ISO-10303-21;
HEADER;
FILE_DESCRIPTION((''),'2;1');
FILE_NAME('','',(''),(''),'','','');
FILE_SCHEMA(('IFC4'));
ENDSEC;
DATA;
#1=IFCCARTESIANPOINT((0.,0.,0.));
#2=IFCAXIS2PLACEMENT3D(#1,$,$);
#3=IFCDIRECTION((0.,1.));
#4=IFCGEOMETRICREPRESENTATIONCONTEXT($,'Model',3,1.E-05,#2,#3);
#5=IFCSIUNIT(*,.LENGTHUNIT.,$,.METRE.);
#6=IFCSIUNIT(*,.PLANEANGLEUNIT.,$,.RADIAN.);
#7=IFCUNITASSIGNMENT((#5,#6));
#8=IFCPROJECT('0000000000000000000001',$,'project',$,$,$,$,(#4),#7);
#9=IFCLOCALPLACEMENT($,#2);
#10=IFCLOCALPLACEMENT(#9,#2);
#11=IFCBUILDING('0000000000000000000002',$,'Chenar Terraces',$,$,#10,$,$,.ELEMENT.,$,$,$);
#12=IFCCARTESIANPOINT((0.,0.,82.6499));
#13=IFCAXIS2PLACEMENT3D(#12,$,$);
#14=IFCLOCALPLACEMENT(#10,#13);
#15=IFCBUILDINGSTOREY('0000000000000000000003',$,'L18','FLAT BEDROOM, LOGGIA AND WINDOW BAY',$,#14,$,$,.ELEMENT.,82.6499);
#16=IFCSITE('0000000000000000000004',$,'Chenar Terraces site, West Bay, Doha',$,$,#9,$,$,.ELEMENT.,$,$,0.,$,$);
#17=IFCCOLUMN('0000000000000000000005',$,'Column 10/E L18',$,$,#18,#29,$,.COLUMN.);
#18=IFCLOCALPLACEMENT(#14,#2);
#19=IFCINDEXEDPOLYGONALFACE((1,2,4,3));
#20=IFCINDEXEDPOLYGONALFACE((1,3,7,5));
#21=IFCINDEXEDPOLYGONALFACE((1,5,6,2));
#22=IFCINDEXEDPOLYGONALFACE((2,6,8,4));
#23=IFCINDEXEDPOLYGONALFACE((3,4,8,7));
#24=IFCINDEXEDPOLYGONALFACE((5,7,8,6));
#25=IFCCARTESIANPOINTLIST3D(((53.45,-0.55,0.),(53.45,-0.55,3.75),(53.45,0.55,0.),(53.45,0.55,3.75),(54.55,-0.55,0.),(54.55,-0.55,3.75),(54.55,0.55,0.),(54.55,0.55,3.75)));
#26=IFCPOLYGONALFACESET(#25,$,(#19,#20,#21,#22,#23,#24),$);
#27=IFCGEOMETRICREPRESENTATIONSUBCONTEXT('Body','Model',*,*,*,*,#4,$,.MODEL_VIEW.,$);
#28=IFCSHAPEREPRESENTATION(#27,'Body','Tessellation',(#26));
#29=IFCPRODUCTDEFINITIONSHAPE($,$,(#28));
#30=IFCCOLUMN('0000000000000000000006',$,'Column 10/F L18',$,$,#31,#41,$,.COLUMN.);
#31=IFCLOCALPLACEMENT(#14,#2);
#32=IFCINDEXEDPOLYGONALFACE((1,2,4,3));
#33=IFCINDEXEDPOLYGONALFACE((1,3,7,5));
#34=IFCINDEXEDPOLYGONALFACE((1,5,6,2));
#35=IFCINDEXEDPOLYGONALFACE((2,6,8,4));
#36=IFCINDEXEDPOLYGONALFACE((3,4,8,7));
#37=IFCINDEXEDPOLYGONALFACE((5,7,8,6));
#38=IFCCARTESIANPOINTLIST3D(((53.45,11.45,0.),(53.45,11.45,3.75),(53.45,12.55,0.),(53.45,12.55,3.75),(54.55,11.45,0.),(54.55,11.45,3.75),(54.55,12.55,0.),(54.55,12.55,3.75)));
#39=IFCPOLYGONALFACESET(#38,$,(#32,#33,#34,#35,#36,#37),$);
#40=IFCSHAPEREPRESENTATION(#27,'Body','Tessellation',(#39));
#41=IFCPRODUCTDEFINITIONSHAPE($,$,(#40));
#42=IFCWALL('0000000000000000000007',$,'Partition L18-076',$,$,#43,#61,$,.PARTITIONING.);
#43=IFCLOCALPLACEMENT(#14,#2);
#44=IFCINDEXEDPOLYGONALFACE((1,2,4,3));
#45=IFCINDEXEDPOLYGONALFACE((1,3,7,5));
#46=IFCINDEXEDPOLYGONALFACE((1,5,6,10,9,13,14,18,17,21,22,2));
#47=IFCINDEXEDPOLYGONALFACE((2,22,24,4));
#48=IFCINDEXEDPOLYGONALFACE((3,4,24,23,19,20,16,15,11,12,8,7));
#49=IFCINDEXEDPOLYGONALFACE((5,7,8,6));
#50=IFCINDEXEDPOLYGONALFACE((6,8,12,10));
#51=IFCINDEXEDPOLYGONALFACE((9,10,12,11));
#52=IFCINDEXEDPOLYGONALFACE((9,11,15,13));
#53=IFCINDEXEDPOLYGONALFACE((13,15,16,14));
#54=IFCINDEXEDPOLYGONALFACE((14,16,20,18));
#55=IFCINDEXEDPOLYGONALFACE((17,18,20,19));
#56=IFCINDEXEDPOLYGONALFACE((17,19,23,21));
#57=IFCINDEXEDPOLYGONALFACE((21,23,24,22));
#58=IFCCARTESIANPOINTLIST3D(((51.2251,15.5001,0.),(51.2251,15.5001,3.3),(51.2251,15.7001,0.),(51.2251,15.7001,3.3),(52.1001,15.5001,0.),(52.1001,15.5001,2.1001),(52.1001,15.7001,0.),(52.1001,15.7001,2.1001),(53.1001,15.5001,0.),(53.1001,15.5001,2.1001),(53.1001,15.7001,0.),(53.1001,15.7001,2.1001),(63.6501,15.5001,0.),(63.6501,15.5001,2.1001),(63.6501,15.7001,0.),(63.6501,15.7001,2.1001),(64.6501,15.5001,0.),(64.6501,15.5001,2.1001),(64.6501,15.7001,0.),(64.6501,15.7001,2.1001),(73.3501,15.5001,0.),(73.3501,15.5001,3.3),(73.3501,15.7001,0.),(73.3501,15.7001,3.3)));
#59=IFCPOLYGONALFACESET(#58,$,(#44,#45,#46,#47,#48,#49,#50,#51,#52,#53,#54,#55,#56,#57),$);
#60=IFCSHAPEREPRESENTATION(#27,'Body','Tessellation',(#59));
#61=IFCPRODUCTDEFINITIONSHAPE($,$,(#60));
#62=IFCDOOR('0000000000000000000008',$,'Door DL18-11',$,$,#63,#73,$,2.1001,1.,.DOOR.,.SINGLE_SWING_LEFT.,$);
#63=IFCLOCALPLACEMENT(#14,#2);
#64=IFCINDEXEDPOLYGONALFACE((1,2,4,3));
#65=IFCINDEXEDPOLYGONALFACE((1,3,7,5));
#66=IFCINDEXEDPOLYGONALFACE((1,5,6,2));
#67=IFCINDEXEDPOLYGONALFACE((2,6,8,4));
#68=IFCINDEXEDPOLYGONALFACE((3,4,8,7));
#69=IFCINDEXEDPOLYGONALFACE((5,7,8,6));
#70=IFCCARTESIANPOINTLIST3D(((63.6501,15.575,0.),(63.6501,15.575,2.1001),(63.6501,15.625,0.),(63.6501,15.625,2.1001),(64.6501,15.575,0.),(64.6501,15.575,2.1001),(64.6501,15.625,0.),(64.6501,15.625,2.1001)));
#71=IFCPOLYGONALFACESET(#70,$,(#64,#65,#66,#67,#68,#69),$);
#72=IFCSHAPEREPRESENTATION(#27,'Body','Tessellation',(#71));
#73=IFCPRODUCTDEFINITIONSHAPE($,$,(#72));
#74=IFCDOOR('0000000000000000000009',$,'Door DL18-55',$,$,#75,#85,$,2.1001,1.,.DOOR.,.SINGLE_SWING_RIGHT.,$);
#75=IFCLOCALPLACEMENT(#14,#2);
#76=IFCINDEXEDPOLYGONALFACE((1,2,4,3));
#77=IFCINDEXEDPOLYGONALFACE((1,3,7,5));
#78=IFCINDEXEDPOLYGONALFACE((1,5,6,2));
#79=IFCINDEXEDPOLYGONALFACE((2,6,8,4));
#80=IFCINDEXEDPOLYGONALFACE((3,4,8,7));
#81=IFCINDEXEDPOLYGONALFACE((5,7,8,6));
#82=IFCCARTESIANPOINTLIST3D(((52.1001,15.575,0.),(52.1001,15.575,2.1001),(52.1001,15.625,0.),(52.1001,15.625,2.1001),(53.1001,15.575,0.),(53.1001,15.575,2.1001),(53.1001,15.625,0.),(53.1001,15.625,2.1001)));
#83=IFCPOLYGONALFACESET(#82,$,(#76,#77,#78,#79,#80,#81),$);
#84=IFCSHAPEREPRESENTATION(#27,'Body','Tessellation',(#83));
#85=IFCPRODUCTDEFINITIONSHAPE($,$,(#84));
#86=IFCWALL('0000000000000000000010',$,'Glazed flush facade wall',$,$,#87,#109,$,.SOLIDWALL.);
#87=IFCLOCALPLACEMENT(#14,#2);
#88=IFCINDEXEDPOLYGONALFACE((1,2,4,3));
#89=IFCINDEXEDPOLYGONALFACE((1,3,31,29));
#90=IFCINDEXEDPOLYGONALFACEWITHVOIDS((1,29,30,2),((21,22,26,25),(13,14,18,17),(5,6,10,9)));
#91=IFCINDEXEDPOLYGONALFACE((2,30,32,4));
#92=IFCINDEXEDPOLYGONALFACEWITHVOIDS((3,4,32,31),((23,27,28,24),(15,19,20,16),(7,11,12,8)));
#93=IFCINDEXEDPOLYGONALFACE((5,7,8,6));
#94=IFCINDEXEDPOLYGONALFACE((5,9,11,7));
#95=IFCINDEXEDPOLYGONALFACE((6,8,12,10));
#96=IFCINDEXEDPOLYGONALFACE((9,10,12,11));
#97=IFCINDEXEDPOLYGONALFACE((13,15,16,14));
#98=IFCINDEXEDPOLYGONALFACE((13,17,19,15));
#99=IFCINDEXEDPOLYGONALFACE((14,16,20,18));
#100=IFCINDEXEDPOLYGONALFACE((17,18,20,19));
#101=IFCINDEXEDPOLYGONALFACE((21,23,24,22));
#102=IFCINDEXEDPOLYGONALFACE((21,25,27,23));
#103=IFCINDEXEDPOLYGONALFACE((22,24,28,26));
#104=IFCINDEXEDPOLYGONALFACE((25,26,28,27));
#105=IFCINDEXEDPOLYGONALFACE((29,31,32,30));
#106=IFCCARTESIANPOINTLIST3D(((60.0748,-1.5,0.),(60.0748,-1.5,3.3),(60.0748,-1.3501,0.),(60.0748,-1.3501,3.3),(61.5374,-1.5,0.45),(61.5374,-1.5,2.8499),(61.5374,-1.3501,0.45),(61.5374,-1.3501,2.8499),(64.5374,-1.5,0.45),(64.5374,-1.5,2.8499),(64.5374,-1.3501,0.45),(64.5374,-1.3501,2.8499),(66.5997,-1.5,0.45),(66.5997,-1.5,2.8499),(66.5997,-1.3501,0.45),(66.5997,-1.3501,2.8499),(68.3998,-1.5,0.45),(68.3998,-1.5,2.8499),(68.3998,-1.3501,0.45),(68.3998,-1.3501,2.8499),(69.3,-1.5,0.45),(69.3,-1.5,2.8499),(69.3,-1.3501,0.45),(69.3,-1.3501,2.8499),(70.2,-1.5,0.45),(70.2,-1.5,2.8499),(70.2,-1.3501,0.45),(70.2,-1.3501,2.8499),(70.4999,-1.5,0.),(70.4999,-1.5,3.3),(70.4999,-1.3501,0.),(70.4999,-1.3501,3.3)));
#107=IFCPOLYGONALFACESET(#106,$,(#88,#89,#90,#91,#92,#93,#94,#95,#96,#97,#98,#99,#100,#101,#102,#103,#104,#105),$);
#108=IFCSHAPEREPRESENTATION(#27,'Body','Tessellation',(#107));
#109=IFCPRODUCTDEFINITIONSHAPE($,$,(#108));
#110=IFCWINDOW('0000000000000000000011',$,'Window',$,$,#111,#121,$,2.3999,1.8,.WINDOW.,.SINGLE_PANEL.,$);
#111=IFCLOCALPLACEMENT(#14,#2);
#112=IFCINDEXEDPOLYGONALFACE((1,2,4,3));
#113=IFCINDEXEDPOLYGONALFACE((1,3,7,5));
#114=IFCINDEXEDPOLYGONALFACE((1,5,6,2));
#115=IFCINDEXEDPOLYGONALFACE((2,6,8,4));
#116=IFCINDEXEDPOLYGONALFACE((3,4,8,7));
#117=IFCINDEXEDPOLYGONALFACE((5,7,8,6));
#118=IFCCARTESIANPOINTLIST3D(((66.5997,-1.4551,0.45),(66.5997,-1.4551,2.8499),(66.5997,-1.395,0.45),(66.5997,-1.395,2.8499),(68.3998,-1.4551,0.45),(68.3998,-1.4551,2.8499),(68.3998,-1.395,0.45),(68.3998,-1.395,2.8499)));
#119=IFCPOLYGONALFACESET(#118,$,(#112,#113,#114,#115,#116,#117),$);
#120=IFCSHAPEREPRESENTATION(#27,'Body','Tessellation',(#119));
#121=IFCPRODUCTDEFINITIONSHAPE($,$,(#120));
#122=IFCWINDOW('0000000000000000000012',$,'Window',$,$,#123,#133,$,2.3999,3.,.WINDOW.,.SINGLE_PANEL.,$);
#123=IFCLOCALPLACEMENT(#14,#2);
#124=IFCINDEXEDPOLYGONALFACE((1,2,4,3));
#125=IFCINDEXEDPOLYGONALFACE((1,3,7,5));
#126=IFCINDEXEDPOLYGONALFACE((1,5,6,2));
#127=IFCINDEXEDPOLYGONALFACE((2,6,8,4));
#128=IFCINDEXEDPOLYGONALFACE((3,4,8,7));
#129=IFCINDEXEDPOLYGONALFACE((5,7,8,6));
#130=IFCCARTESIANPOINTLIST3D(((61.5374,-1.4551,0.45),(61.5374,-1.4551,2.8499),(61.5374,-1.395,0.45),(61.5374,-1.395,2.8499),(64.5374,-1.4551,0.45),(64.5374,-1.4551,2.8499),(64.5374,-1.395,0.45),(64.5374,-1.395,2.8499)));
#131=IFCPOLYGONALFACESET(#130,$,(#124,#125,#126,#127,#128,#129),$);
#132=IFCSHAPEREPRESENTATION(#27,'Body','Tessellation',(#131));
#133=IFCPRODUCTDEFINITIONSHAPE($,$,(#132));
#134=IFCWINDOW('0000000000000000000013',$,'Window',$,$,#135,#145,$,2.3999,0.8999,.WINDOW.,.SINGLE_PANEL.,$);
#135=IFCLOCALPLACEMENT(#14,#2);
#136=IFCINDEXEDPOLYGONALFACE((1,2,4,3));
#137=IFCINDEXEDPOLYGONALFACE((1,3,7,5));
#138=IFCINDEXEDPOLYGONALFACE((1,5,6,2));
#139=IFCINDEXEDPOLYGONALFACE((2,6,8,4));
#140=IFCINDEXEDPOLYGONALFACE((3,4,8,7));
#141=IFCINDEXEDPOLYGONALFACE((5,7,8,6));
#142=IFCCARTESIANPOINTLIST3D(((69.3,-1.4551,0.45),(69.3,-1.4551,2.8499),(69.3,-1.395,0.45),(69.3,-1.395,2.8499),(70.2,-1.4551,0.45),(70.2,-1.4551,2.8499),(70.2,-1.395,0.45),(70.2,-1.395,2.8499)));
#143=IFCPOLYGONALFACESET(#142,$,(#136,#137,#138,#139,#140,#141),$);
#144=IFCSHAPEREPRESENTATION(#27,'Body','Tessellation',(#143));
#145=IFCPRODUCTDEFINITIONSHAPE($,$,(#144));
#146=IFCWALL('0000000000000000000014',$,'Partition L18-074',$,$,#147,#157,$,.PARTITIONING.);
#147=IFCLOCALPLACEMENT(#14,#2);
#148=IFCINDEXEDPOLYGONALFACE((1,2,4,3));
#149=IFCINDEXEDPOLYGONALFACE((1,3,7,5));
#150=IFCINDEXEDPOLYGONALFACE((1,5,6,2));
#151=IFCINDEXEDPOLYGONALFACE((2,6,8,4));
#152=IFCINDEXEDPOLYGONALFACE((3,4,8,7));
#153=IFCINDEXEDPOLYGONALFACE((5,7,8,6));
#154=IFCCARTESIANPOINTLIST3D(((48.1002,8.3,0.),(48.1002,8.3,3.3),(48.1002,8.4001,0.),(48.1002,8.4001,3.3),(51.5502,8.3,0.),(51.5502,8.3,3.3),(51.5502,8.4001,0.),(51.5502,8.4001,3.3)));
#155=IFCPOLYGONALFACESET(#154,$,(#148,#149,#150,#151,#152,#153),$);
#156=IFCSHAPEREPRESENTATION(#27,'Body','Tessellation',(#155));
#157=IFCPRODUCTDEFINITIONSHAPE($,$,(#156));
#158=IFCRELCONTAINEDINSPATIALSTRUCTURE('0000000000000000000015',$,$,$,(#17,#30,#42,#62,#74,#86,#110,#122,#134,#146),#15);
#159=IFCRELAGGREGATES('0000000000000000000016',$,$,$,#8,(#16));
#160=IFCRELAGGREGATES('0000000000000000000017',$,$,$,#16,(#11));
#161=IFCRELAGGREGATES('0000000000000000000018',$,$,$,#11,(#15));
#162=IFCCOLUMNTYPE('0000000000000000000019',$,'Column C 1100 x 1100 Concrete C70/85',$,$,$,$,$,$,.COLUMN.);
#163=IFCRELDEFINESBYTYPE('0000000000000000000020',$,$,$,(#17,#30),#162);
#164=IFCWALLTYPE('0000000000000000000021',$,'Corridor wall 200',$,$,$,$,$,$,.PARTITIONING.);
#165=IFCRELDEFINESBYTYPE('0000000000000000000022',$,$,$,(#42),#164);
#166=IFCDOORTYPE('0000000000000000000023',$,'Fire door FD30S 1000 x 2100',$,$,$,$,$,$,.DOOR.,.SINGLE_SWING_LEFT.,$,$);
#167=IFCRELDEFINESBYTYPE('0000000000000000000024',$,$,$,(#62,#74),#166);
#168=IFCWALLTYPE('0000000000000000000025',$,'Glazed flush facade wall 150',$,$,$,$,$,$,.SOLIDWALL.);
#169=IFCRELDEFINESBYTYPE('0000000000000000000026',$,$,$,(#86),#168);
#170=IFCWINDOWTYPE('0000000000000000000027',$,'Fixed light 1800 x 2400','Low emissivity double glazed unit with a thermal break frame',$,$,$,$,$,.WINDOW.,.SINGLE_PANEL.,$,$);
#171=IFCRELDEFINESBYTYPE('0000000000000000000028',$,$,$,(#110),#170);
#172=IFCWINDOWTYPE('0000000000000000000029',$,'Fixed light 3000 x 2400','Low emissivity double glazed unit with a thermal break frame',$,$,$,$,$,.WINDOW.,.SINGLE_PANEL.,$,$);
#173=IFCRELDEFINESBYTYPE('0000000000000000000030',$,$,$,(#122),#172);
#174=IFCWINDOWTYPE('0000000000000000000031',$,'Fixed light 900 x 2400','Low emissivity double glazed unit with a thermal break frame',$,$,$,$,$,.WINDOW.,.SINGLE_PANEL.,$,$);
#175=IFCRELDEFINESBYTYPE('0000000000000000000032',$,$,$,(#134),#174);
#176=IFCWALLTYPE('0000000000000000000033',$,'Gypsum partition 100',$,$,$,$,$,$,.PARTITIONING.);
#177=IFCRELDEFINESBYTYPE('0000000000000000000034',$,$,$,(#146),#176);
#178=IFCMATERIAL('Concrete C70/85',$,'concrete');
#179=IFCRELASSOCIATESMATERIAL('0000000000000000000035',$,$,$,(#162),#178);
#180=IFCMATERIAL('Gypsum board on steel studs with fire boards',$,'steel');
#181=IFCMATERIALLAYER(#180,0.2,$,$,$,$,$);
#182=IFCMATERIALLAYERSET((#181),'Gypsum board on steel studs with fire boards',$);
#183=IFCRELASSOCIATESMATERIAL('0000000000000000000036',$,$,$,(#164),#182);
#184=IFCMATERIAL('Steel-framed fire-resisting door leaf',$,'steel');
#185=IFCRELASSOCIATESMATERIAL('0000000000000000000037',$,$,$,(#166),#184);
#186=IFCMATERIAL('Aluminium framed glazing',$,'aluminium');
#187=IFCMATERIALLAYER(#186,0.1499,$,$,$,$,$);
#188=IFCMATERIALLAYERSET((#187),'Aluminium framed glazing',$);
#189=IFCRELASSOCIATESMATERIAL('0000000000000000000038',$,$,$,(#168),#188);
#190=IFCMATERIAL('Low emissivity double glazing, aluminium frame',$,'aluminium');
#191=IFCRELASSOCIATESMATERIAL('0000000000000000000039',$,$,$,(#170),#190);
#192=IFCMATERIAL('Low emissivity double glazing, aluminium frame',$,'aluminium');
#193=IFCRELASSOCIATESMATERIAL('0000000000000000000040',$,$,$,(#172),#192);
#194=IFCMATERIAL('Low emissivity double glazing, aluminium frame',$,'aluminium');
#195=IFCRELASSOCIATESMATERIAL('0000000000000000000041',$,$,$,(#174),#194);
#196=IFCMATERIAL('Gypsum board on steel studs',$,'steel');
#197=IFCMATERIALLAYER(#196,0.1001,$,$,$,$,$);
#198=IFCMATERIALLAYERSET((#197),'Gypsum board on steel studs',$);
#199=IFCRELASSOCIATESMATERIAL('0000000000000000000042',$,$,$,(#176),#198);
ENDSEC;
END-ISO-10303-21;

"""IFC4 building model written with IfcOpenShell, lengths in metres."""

from ifc_helpers import new_model, si_unit, direction, frame, frame_2d, origin, origin_2d, place, context, subcontext, project, spatial, rectangle, extrude, material, layer, layer_set, material_profile, profile_set, type_object, element, fill, save


model = new_model("IFC4")

# Units and contexts
model_context = context("Model", 3, precision=1e-05, world=origin(), true_north=direction((0.0, 1.0)))
body_context = subcontext(model_context, "Body", "Model", "MODEL_VIEW")
ifc_project = project(units=[si_unit("LENGTHUNIT", "METRE"), si_unit("PLANEANGLEUNIT", "RADIAN")], contexts=[model_context])

# Site, building, storey
site_placement = place(None, origin())
site = spatial("IfcSite", under=ifc_project, at=site_placement, Name="Chenar Terraces site, West Bay, Doha", CompositionType="ELEMENT", RefElevation=0.0)
building_placement = place(site_placement, origin())
building = spatial("IfcBuilding", under=site, at=building_placement, Name="Chenar Terraces", CompositionType="ELEMENT")
storey_placement = place(building_placement, frame((0.0, 0.0, 82.6499)))
storey = spatial("IfcBuildingStorey", under=building, at=storey_placement, Name="L18", Description="FLAT BEDROOM, LOGGIA AND WINDOW BAY", CompositionType="ELEMENT", Elevation=82.6499)

# Columns
ifc_material_1 = material(Name="Concrete C70/85", Category="concrete")
ifc_material_profile = material_profile(ifc_material_1, rectangle(XDim=1.1001, YDim=1.1001, at=origin_2d()), Name="C 1100 x 1100")
ifc_profile_set = profile_set([ifc_material_profile], Name="Concrete C70/85")
column_type = type_object("IfcColumnType", Name="Column C 1100 x 1100 Concrete C70/85", PredefinedType="COLUMN", material=ifc_profile_set)
for number, where, z_axis, x_axis, name in (
    (1, (54.0, 0.0, 0.0), (0.0, 0.0, 1.0), (1.0, 0.0, 0.0), "Column 10/E L18"),
    (2, (54.0, 12.0, 0.0), (0.0, 0.0, 1.0), (1.0, 0.0, 0.0), "Column 10/F L18"),
):
    element("IfcColumn", number, at=place(storey_placement, frame(where, z_axis=z_axis, x_axis=x_axis)), inside=storey, type_object=column_type, Name=name, PredefinedType="COLUMN", context=body_context, shape_type="SweptSolid", body=[
        extrude(rectangle(XDim=1.1001, YDim=1.1001, at=origin_2d()), origin(), (0.0, 0.0, 1.0), 3.75),
    ])

# Wall, openings, doors
ifc_material_2 = material(Name="Gypsum board on steel studs with fire boards", Category="steel")
ifc_layer_1 = layer(ifc_material_2, 0.2)
ifc_layer_set_1 = layer_set([ifc_layer_1], Name="Gypsum board on steel studs with fire boards")
wall_type_1 = type_object("IfcWallType", Name="Corridor wall 200", PredefinedType="PARTITIONING", material=ifc_layer_set_1)
wall_1_placement = place(storey_placement, frame((51.2251, 15.6001, 0.0), z_axis=(0.0, 0.0, 1.0), x_axis=(1.0, 0.0, 0.0)))
wall_1 = element("IfcWall", 3, at=wall_1_placement, inside=storey, type_object=wall_type_1, Name="Partition L18-076", PredefinedType="PARTITIONING", context=body_context, shape_type="SweptSolid", body=[
    extrude(rectangle(XDim=22.125, YDim=0.2, at=frame_2d((11.0625, 0.0))), origin(), (0.0, 0.0, 1.0), 3.3),
])
opening_1_placement = place(wall_1_placement, frame((12.425, 0.0, 0.0)))
opening_1 = element("IfcOpeningElement", 4, at=opening_1_placement, cuts=wall_1, PredefinedType="OPENING", context=body_context, shape_type="SweptSolid", body=[
    extrude(rectangle(XDim=1.0, YDim=2.1001, at=frame_2d((0.5, 1.05))), frame((0.0, 0.1099, 0.0), z_axis=(0.0, -1.0, 0.0), x_axis=(1.0, 0.0, 0.0)), (0.0, 0.0, 1.0), 0.22),
])
opening_2_placement = place(wall_1_placement, frame((0.875, 0.0, 0.0)))
opening_2 = element("IfcOpeningElement", 5, at=opening_2_placement, cuts=wall_1, PredefinedType="OPENING", context=body_context, shape_type="SweptSolid", body=[
    extrude(rectangle(XDim=1.0, YDim=2.1001, at=frame_2d((0.5, 1.05))), frame((0.0, 0.1099, 0.0), z_axis=(0.0, -1.0, 0.0), x_axis=(1.0, 0.0, 0.0)), (0.0, 0.0, 1.0), 0.22),
])
ifc_material_3 = material(Name="Steel-framed fire-resisting door leaf", Category="steel")
door_type_1 = type_object("IfcDoorType", Name="Fire door FD30S 1000 x 2100", OperationType="SINGLE_SWING_LEFT", PredefinedType="DOOR", material=ifc_material_3)
door_1_placement = place(opening_1_placement, origin())
door_1 = element("IfcDoor", 6, at=door_1_placement, inside=storey, type_object=door_type_1, Name="Door DL18-11", OperationType="SINGLE_SWING_LEFT", OverallHeight=2.1001, OverallWidth=1.0, PredefinedType="DOOR", context=body_context, shape_type="SweptSolid", body=[
    extrude(rectangle(XDim=1.0, YDim=2.1001, at=frame_2d((0.5, 1.05))), frame((0.0, 0.0249, 0.0), z_axis=(0.0, -1.0, 0.0), x_axis=(1.0, 0.0, 0.0)), (0.0, 0.0, 1.0), 0.05),
])
fill(opening_1, door_1)
door_2_placement = place(opening_2_placement, origin())
door_2 = element("IfcDoor", 7, at=door_2_placement, inside=storey, type_object=door_type_1, Name="Door DL18-55", OperationType="SINGLE_SWING_RIGHT", OverallHeight=2.1001, OverallWidth=1.0, PredefinedType="DOOR", context=body_context, shape_type="SweptSolid", body=[
    extrude(rectangle(XDim=1.0, YDim=2.1001, at=frame_2d((0.5, 1.05))), frame((0.0, 0.0249, 0.0), z_axis=(0.0, -1.0, 0.0), x_axis=(1.0, 0.0, 0.0)), (0.0, 0.0, 1.0), 0.05),
])
fill(opening_2, door_2)

# Wall, openings, windows
ifc_material_4 = material(Name="Aluminium framed glazing", Category="aluminium")
ifc_layer_2 = layer(ifc_material_4, 0.1499)
ifc_layer_set_2 = layer_set([ifc_layer_2], Name="Aluminium framed glazing")
wall_type_2 = type_object("IfcWallType", Name="Glazed flush facade wall 150", PredefinedType="SOLIDWALL", material=ifc_layer_set_2)
wall_2_placement = place(storey_placement, frame((60.075, -1.425, 0.0), z_axis=(0.0, 0.0, 1.0), x_axis=(1.0, 0.0, 0.0)))
wall_2 = element("IfcWall", 8, at=wall_2_placement, inside=storey, type_object=wall_type_2, Name="Glazed flush facade wall", PredefinedType="SOLIDWALL", context=body_context, shape_type="SweptSolid", body=[
    extrude(rectangle(XDim=10.425, YDim=0.1499, at=frame_2d((5.2124, 0.0))), origin(), (0.0, 0.0, 1.0), 3.3),
])
opening_3_placement = place(wall_2_placement, frame((1.4624, 0.0, 0.45)))
opening_3 = element("IfcOpeningElement", 9, at=opening_3_placement, cuts=wall_2, PredefinedType="OPENING", context=body_context, shape_type="SweptSolid", body=[
    extrude(rectangle(XDim=3.0, YDim=2.3999, at=frame_2d((1.5, 1.2))), frame((0.0, 0.085, 0.0), z_axis=(0.0, -1.0, 0.0), x_axis=(1.0, 0.0, 0.0)), (0.0, 0.0, 1.0), 0.1699),
])
opening_4_placement = place(wall_2_placement, frame((6.5249, 0.0, 0.45)))
opening_4 = element("IfcOpeningElement", 10, at=opening_4_placement, cuts=wall_2, PredefinedType="OPENING", context=body_context, shape_type="SweptSolid", body=[
    extrude(rectangle(XDim=1.8, YDim=2.3999, at=frame_2d((0.8999, 1.2))), frame((0.0, 0.085, 0.0), z_axis=(0.0, -1.0, 0.0), x_axis=(1.0, 0.0, 0.0)), (0.0, 0.0, 1.0), 0.1699),
])
opening_5_placement = place(wall_2_placement, frame((9.2251, 0.0, 0.45)))
opening_5 = element("IfcOpeningElement", 11, at=opening_5_placement, cuts=wall_2, PredefinedType="OPENING", context=body_context, shape_type="SweptSolid", body=[
    extrude(rectangle(XDim=0.8999, YDim=2.3999, at=frame_2d((0.45, 1.2))), frame((0.0, 0.085, 0.0), z_axis=(0.0, -1.0, 0.0), x_axis=(1.0, 0.0, 0.0)), (0.0, 0.0, 1.0), 0.1699),
])
ifc_material_5 = material(Name="Low emissivity double glazing, aluminium frame", Category="aluminium")
window_type_1 = type_object("IfcWindowType", Name="Fixed light 1800 x 2400", Description="Low emissivity double glazed unit with a thermal break frame", PartitioningType="SINGLE_PANEL", PredefinedType="WINDOW", material=ifc_material_5)
window_1_placement = place(opening_4_placement, origin())
window_1 = element("IfcWindow", 12, at=window_1_placement, inside=storey, type_object=window_type_1, Name="Window", OverallHeight=2.3999, OverallWidth=1.8, PartitioningType="SINGLE_PANEL", PredefinedType="WINDOW", context=body_context, shape_type="SweptSolid", body=[
    extrude(rectangle(XDim=1.8, YDim=2.3999, at=frame_2d((0.8999, 1.2))), frame((0.0, 0.03, 0.0), z_axis=(0.0, -1.0, 0.0), x_axis=(1.0, 0.0, 0.0)), (0.0, 0.0, 1.0), 0.0601),
])
fill(opening_4, window_1)
ifc_material_6 = material(Name="Low emissivity double glazing, aluminium frame", Category="aluminium")
window_type_2 = type_object("IfcWindowType", Name="Fixed light 3000 x 2400", Description="Low emissivity double glazed unit with a thermal break frame", PartitioningType="SINGLE_PANEL", PredefinedType="WINDOW", material=ifc_material_6)
window_2_placement = place(opening_3_placement, origin())
window_2 = element("IfcWindow", 13, at=window_2_placement, inside=storey, type_object=window_type_2, Name="Window", OverallHeight=2.3999, OverallWidth=3.0, PartitioningType="SINGLE_PANEL", PredefinedType="WINDOW", context=body_context, shape_type="SweptSolid", body=[
    extrude(rectangle(XDim=3.0, YDim=2.3999, at=frame_2d((1.5, 1.2))), frame((0.0, 0.03, 0.0), z_axis=(0.0, -1.0, 0.0), x_axis=(1.0, 0.0, 0.0)), (0.0, 0.0, 1.0), 0.0601),
])
fill(opening_3, window_2)
ifc_material_7 = material(Name="Low emissivity double glazing, aluminium frame", Category="aluminium")
window_type_3 = type_object("IfcWindowType", Name="Fixed light 900 x 2400", Description="Low emissivity double glazed unit with a thermal break frame", PartitioningType="SINGLE_PANEL", PredefinedType="WINDOW", material=ifc_material_7)
window_3_placement = place(opening_5_placement, origin())
window_3 = element("IfcWindow", 14, at=window_3_placement, inside=storey, type_object=window_type_3, Name="Window", OverallHeight=2.3999, OverallWidth=0.8999, PartitioningType="SINGLE_PANEL", PredefinedType="WINDOW", context=body_context, shape_type="SweptSolid", body=[
    extrude(rectangle(XDim=0.8999, YDim=2.3999, at=frame_2d((0.45, 1.2))), frame((0.0, 0.03, 0.0), z_axis=(0.0, -1.0, 0.0), x_axis=(1.0, 0.0, 0.0)), (0.0, 0.0, 1.0), 0.0601),
])
fill(opening_5, window_3)

# Wall
ifc_material_8 = material(Name="Gypsum board on steel studs", Category="steel")
ifc_layer_3 = layer(ifc_material_8, 0.1001)
ifc_layer_set_3 = layer_set([ifc_layer_3], Name="Gypsum board on steel studs")
wall_type_3 = type_object("IfcWallType", Name="Gypsum partition 100", PredefinedType="PARTITIONING", material=ifc_layer_set_3)
wall_3_placement = place(storey_placement, frame((48.1001, 8.3501, 0.0), z_axis=(0.0, 0.0, 1.0), x_axis=(1.0, 0.0, 0.0)))
element("IfcWall", 15, at=wall_3_placement, inside=storey, type_object=wall_type_3, Name="Partition L18-074", PredefinedType="PARTITIONING", context=body_context, shape_type="SweptSolid", body=[
    extrude(rectangle(XDim=3.45, YDim=0.1001, at=frame_2d((1.7251, 0.0))), origin(), (0.0, 0.0, 1.0), 3.3),
])

save(model, "model.ifc")
